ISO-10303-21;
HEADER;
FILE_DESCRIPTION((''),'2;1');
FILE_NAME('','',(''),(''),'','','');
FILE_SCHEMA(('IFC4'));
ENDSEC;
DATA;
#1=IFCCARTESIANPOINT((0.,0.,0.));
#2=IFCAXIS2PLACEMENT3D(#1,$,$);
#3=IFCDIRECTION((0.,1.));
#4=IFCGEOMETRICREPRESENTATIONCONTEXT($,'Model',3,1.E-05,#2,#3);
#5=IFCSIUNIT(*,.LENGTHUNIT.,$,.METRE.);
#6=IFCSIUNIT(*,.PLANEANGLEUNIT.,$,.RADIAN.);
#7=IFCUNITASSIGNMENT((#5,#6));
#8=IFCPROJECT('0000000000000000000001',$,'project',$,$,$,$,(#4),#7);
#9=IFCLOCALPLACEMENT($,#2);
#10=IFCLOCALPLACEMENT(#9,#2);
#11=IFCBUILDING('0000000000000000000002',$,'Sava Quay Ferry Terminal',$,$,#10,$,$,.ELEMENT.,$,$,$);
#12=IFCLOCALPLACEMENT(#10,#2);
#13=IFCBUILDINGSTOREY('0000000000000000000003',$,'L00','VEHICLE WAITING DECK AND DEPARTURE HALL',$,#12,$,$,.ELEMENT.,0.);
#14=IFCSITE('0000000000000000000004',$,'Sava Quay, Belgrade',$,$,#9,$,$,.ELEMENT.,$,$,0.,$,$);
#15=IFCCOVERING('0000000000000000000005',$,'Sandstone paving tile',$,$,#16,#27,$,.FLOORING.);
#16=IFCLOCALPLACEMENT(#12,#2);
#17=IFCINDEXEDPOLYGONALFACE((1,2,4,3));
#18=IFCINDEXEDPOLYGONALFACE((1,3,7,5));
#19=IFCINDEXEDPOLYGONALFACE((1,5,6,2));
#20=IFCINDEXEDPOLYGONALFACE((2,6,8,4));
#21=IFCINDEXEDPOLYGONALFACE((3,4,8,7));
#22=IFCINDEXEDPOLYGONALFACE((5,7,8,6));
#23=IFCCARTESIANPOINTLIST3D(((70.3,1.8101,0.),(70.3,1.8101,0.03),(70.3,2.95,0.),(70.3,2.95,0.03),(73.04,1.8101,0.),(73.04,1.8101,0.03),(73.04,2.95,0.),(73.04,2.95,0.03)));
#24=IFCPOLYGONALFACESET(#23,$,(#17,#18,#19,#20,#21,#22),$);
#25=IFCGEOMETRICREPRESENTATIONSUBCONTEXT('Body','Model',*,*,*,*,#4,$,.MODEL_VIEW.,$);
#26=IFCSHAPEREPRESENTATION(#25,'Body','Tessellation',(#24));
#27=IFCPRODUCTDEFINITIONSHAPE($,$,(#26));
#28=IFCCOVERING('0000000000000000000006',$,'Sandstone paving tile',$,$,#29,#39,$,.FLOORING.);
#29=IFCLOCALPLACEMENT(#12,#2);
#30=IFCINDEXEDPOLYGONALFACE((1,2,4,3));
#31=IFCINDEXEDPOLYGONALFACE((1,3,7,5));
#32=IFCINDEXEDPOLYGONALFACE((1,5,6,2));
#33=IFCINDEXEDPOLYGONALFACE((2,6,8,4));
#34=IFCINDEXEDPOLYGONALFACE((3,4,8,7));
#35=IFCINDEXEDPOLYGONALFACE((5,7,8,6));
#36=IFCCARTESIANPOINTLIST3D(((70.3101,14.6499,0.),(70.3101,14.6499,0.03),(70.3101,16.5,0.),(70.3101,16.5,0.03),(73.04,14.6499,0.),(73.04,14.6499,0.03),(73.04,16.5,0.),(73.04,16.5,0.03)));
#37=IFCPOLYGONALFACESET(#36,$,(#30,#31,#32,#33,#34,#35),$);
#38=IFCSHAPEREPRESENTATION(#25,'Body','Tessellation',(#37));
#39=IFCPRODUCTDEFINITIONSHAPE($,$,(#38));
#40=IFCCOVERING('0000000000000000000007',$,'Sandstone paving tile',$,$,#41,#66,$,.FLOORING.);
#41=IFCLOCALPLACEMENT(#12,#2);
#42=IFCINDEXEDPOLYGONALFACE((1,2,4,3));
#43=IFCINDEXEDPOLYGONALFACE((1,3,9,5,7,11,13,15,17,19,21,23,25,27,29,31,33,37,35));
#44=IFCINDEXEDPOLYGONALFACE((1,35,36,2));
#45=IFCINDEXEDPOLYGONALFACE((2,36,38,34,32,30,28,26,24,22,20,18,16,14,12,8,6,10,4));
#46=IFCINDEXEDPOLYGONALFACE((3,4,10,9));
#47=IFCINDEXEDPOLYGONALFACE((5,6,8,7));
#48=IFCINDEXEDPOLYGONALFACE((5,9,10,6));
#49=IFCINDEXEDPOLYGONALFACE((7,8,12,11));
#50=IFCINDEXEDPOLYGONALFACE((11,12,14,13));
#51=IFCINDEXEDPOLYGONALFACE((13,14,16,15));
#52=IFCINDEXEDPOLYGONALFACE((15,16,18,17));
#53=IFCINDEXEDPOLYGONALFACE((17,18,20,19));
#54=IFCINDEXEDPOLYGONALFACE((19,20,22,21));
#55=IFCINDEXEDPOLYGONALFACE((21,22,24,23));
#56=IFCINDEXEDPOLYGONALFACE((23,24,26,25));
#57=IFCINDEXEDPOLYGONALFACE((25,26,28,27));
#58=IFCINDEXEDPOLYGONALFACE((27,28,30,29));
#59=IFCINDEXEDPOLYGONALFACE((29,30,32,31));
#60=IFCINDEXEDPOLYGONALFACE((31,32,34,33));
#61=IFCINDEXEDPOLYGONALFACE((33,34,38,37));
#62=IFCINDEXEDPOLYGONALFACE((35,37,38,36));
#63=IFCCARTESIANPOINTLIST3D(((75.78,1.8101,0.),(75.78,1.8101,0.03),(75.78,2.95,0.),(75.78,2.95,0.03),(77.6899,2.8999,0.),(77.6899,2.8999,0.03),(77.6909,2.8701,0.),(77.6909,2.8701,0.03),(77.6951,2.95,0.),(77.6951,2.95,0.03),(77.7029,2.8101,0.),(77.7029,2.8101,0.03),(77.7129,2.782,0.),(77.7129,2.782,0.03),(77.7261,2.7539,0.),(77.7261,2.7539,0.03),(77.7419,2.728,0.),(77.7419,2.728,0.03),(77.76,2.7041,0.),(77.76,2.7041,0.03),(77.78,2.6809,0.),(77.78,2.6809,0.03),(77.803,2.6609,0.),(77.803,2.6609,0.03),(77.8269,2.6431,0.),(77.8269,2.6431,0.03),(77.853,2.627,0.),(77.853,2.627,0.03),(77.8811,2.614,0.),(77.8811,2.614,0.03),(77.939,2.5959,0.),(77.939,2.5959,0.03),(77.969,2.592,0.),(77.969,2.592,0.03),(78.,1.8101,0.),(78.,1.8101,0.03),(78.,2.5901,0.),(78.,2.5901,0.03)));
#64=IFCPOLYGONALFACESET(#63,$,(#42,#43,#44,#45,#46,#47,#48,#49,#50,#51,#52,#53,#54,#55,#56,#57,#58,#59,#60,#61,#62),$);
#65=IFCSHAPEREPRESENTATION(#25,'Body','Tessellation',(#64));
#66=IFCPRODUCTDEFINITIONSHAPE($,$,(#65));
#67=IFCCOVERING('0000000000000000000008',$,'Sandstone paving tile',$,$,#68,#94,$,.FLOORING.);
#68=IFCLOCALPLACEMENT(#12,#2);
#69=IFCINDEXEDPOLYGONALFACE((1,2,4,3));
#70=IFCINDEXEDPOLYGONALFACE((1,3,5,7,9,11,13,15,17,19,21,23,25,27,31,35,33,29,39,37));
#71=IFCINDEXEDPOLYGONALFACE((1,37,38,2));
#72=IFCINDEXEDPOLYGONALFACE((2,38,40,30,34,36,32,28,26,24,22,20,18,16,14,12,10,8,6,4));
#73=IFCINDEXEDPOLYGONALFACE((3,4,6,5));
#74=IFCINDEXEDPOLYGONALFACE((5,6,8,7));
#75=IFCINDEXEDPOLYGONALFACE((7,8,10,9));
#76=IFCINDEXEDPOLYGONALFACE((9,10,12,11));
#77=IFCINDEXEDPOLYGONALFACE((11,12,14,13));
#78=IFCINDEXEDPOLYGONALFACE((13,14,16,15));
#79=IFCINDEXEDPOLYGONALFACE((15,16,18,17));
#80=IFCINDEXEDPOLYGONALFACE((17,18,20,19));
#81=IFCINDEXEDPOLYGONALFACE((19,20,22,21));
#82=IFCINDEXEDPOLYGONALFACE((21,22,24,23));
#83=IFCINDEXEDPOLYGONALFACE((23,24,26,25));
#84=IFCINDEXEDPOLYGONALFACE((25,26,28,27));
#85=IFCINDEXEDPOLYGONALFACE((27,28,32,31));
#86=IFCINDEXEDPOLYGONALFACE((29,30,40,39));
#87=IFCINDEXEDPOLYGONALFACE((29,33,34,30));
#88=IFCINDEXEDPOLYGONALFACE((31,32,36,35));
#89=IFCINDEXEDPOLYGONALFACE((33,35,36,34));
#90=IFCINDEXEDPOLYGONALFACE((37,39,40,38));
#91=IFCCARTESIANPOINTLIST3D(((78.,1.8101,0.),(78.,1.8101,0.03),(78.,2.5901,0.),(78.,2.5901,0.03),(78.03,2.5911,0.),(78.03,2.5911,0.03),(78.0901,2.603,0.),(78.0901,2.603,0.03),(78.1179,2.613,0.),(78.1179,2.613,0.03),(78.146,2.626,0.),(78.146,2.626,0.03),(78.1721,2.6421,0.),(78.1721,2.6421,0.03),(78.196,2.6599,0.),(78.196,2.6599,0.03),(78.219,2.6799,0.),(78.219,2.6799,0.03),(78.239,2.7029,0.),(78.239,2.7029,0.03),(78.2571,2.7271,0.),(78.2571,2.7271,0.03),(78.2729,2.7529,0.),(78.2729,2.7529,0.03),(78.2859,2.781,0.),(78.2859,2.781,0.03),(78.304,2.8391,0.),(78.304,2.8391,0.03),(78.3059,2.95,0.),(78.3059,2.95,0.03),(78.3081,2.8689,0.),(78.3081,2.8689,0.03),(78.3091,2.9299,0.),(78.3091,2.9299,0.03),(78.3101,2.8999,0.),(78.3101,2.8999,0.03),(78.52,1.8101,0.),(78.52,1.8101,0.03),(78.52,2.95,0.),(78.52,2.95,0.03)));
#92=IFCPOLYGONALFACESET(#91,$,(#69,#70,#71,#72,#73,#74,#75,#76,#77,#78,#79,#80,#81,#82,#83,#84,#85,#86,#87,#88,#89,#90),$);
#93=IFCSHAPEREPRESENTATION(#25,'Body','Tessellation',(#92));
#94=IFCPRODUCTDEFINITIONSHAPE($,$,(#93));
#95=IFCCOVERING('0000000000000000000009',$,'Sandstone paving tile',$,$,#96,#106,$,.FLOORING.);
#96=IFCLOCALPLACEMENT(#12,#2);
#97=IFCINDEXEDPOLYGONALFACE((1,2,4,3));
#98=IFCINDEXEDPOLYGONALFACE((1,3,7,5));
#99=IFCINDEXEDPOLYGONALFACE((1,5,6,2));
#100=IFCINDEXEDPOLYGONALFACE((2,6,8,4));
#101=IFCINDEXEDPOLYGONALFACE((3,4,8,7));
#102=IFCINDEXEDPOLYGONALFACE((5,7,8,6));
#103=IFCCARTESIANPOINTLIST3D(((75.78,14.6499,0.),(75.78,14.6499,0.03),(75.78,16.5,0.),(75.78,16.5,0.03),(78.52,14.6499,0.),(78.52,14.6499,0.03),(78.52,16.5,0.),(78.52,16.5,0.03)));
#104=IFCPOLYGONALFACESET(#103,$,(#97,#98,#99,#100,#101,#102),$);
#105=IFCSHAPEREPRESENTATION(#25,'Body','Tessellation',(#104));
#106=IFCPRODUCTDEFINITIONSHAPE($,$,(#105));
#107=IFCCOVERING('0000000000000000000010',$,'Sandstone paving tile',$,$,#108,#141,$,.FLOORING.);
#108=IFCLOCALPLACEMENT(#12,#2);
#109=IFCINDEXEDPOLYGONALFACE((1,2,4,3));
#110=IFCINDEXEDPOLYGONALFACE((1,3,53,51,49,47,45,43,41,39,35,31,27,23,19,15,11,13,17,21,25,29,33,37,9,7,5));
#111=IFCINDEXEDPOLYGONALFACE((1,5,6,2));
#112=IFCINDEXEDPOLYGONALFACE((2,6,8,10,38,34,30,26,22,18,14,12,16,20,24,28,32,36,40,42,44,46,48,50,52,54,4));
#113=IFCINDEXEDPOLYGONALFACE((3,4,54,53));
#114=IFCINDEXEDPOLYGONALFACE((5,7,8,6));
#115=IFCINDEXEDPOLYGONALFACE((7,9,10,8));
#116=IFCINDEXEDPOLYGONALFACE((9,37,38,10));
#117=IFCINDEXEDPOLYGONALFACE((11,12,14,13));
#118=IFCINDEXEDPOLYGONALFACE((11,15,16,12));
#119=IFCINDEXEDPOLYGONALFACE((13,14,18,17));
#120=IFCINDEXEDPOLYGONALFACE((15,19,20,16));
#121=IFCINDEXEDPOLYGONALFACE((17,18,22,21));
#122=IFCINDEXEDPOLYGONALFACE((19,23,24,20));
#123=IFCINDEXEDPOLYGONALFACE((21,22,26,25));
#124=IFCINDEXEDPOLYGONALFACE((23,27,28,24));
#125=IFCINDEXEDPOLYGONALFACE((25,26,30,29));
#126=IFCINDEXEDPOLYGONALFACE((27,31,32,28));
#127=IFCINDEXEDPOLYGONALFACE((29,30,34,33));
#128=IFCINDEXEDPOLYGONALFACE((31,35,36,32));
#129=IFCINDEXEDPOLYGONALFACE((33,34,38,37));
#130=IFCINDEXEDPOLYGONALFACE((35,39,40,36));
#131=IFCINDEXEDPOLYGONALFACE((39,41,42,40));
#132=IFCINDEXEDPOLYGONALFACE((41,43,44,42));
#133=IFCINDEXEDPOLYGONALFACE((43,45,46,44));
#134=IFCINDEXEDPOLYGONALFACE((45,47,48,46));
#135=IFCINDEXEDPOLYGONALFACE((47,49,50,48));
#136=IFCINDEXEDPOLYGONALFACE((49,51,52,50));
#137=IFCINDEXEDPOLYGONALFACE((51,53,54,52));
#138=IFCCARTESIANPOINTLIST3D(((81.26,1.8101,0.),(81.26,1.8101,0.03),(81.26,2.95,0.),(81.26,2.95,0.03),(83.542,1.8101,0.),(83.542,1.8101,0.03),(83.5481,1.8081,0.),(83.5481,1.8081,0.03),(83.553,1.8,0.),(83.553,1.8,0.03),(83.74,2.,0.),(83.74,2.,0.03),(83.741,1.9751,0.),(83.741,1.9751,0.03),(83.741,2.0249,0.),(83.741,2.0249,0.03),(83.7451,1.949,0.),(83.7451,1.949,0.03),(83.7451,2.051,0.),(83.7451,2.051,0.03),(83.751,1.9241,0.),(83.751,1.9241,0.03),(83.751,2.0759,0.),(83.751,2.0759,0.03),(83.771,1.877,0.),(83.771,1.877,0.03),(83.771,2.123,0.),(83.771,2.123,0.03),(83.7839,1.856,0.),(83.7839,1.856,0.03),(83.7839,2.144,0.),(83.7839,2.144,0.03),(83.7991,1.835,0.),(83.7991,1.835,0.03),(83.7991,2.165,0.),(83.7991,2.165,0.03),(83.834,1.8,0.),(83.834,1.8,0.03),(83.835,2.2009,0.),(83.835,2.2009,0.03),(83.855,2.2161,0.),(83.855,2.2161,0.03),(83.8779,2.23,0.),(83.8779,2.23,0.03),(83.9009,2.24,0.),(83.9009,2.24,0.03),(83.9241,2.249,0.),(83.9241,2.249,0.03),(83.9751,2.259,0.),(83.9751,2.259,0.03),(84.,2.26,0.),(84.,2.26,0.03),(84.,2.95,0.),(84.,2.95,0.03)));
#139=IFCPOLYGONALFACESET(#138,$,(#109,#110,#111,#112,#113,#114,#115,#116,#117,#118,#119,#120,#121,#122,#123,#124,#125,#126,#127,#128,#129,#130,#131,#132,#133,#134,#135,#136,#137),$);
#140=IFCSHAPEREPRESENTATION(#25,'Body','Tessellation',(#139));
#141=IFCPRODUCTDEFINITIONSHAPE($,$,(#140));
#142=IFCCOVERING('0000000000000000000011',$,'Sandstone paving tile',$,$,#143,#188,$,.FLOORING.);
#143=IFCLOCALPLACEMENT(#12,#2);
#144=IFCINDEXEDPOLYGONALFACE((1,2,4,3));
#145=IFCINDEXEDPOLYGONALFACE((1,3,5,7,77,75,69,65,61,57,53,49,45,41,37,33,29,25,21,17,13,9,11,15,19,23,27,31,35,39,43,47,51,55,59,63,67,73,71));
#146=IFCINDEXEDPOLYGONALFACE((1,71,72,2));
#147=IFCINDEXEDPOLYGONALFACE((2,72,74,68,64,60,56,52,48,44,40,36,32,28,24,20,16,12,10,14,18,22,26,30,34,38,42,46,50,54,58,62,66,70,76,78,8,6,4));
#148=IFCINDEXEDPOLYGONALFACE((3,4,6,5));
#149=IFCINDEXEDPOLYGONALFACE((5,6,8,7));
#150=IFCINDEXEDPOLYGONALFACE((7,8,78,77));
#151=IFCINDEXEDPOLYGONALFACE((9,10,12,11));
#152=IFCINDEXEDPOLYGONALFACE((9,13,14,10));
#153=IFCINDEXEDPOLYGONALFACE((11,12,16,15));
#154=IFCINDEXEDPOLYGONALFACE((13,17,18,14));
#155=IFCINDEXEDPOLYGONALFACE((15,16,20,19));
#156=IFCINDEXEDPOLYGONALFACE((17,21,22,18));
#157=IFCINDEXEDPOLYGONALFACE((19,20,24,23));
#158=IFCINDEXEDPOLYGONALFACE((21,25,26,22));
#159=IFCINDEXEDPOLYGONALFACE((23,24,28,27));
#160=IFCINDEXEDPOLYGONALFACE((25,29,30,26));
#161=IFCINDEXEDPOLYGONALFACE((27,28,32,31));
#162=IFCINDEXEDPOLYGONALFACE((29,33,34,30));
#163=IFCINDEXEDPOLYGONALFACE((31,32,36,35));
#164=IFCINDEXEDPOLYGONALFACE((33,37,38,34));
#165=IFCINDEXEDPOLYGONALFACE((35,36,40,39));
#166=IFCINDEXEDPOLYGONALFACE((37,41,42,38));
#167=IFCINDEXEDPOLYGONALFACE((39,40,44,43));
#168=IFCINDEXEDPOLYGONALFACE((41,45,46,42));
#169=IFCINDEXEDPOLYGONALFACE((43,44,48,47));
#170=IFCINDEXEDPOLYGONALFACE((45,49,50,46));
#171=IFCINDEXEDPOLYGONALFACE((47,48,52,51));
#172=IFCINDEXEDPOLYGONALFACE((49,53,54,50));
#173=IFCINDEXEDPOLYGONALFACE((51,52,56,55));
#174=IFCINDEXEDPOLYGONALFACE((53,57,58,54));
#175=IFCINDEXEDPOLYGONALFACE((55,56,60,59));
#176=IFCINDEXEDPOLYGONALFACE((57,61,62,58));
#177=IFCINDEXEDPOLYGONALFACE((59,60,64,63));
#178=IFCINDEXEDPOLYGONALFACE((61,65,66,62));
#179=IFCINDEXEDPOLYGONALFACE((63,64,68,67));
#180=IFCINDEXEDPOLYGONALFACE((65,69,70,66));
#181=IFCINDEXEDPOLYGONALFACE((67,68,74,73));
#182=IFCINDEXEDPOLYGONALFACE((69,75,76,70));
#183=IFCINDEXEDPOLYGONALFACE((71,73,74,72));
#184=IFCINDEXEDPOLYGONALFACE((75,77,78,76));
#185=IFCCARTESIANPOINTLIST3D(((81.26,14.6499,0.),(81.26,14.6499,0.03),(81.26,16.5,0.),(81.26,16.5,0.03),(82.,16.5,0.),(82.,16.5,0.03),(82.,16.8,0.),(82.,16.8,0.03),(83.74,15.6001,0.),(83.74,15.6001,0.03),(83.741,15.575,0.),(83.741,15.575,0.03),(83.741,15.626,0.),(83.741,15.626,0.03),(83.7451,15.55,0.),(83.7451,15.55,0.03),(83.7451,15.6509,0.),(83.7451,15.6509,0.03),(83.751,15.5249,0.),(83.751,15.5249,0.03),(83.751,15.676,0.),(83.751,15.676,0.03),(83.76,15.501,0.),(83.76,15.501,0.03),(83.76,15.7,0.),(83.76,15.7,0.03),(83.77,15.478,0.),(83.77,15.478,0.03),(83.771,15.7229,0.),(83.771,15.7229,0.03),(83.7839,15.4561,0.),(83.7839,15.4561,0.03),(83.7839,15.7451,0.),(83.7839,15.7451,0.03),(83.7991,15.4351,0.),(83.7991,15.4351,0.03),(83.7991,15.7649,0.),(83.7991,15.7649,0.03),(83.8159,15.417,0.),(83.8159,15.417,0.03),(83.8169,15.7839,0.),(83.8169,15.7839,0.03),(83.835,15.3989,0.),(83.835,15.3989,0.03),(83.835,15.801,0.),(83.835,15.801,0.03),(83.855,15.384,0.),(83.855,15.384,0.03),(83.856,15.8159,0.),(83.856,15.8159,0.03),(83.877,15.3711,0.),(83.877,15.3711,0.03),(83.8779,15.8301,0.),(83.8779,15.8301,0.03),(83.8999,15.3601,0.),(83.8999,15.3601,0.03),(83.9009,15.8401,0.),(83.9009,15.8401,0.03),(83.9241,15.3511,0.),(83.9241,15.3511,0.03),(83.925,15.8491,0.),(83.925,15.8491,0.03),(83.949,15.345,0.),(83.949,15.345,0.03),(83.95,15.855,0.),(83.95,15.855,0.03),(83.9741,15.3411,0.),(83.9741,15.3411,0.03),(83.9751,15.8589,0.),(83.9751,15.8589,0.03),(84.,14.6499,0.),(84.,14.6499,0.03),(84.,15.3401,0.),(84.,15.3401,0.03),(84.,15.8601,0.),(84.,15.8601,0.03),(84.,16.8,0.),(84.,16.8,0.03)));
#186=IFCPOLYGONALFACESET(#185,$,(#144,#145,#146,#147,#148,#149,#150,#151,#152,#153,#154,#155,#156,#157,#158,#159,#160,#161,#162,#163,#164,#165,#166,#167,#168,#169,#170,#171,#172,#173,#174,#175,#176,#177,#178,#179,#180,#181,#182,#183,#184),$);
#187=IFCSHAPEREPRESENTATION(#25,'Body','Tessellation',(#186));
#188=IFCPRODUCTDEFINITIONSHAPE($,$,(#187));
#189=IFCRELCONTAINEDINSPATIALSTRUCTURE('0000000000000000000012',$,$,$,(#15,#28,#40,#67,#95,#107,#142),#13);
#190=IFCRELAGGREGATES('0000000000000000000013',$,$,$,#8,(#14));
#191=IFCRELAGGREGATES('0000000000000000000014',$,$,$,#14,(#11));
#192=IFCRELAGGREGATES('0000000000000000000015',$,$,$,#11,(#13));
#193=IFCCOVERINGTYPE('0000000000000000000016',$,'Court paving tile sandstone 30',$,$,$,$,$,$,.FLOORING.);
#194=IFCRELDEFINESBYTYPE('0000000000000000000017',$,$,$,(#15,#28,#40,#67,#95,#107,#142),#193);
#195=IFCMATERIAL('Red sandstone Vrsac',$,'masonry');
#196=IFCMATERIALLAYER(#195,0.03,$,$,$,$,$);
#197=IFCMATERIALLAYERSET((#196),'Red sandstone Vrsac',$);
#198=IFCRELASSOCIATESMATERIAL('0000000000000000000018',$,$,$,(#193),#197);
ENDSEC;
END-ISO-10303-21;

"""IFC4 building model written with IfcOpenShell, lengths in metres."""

from ifc_helpers import new_model, si_unit, direction, origin, place, context, subcontext, project, spatial, polyline, outline, extrude, material, layer, layer_set, type_object, element, save


model = new_model("IFC4")

# Units and contexts
model_context = context("Model", 3, precision=1e-05, world=origin(), true_north=direction((0.0, 1.0)))
body_context = subcontext(model_context, "Body", "Model", "MODEL_VIEW")
ifc_project = project(units=[si_unit("LENGTHUNIT", "METRE"), si_unit("PLANEANGLEUNIT", "RADIAN")], contexts=[model_context])

# Site, building, storey
site_placement = place(None, origin())
site = spatial("IfcSite", under=ifc_project, at=site_placement, Name="Sava Quay, Belgrade", CompositionType="ELEMENT", RefElevation=0.0)
building_placement = place(site_placement, origin())
building = spatial("IfcBuilding", under=site, at=building_placement, Name="Sava Quay Ferry Terminal", CompositionType="ELEMENT")
storey_placement = place(building_placement, origin())
storey = spatial("IfcBuildingStorey", under=building, at=storey_placement, Name="L00", Description="VEHICLE WAITING DECK AND DEPARTURE HALL", CompositionType="ELEMENT", Elevation=0.0)

# Coverings
ifc_material_1 = material(Name="Red sandstone Vrsac", Category="masonry")
ifc_layer_1 = layer(ifc_material_1, 0.03)
ifc_layer_set_1 = layer_set([ifc_layer_1], Name="Red sandstone Vrsac")
covering_type_1 = type_object("IfcCoveringType", Name="Court paving tile sandstone 30", PredefinedType="FLOORING", material=ifc_layer_set_1)
covering_1_placement = place(storey_placement, origin())
element("IfcCovering", 1, at=covering_1_placement, inside=storey, type_object=covering_type_1, Name="Sandstone paving tile", PredefinedType="FLOORING", context=body_context, shape_type="SweptSolid", body=[
    extrude(outline(polyline([(70.3, 1.8101), (73.04, 1.8101), (73.04, 2.95), (70.3, 2.95), (70.3, 1.8101)])), origin(), (0.0, 0.0, 1.0), 0.03),
])
covering_2_placement = place(storey_placement, origin())
element("IfcCovering", 2, at=covering_2_placement, inside=storey, type_object=covering_type_1, Name="Sandstone paving tile", PredefinedType="FLOORING", context=body_context, shape_type="SweptSolid", body=[
    extrude(outline(polyline([(70.3101, 16.5), (70.3101, 14.6499), (73.04, 14.6499), (73.04, 16.5), (70.3101, 16.5)])), origin(), (0.0, 0.0, 1.0), 0.03),
])
covering_3_placement = place(storey_placement, origin())
element("IfcCovering", 3, at=covering_3_placement, inside=storey, type_object=covering_type_1, Name="Sandstone paving tile", PredefinedType="FLOORING", context=body_context, shape_type="SweptSolid", body=[
    extrude(outline(polyline([(75.78, 2.95), (75.78, 1.8101), (78.0, 1.8101), (78.0, 2.5901), (77.969, 2.592), (77.939, 2.5959), (77.8811, 2.614), (77.853, 2.627), (77.8269, 2.6431), (77.803, 2.6609), (77.78, 2.6809), (77.76, 2.7041), (77.7419, 2.728), (77.7261, 2.7539), (77.7129, 2.782), (77.7029, 2.8101), (77.6909, 2.8701), (77.6899, 2.8999), (77.6951, 2.95), (75.78, 2.95)])), origin(), (0.0, 0.0, 1.0), 0.03),
])
covering_4_placement = place(storey_placement, origin())
element("IfcCovering", 4, at=covering_4_placement, inside=storey, type_object=covering_type_1, Name="Sandstone paving tile", PredefinedType="FLOORING", context=body_context, shape_type="SweptSolid", body=[
    extrude(outline(polyline([(78.0, 2.5901), (78.0, 1.8101), (78.52, 1.8101), (78.52, 2.95), (78.3059, 2.95), (78.3091, 2.9299), (78.3101, 2.8999), (78.3081, 2.8689), (78.304, 2.8391), (78.2859, 2.781), (78.2729, 2.7529), (78.2571, 2.7271), (78.239, 2.7029), (78.219, 2.6799), (78.196, 2.6599), (78.1721, 2.6421), (78.146, 2.626), (78.1179, 2.613), (78.0901, 2.603), (78.03, 2.5911), (78.0, 2.5901)])), origin(), (0.0, 0.0, 1.0), 0.03),
])
covering_5_placement = place(storey_placement, origin())
element("IfcCovering", 5, at=covering_5_placement, inside=storey, type_object=covering_type_1, Name="Sandstone paving tile", PredefinedType="FLOORING", context=body_context, shape_type="SweptSolid", body=[
    extrude(outline(polyline([(75.78, 16.5), (75.78, 14.6499), (78.52, 14.6499), (78.52, 16.5), (75.78, 16.5)])), origin(), (0.0, 0.0, 1.0), 0.03),
])
covering_6_placement = place(storey_placement, origin())
element("IfcCovering", 6, at=covering_6_placement, inside=storey, type_object=covering_type_1, Name="Sandstone paving tile", PredefinedType="FLOORING", context=body_context, shape_type="SweptSolid", body=[
    extrude(outline(polyline([(83.9751, 2.259), (84.0, 2.26), (84.0, 2.95), (81.26, 2.95), (81.26, 1.8101), (83.542, 1.8101), (83.5481, 1.8081), (83.553, 1.8), (83.834, 1.8), (83.7991, 1.835), (83.7839, 1.856), (83.771, 1.877), (83.751, 1.9241), (83.7451, 1.949), (83.741, 1.9751), (83.74, 2.0), (83.741, 2.0249), (83.7451, 2.051), (83.751, 2.0759), (83.771, 2.123), (83.7839, 2.144), (83.7991, 2.165), (83.835, 2.2009), (83.855, 2.2161), (83.8779, 2.23), (83.9009, 2.24), (83.9241, 2.249), (83.9751, 2.259)])), origin(), (0.0, 0.0, 1.0), 0.03),
])
covering_7_placement = place(storey_placement, origin())
element("IfcCovering", 7, at=covering_7_placement, inside=storey, type_object=covering_type_1, Name="Sandstone paving tile", PredefinedType="FLOORING", context=body_context, shape_type="SweptSolid", body=[
    extrude(outline(polyline([(81.26, 16.5), (81.26, 14.6499), (84.0, 14.6499), (84.0, 15.3401), (83.9741, 15.3411), (83.949, 15.345), (83.9241, 15.3511), (83.8999, 15.3601), (83.877, 15.3711), (83.855, 15.384), (83.835, 15.3989), (83.8159, 15.417), (83.7991, 15.4351), (83.7839, 15.4561), (83.77, 15.478), (83.76, 15.501), (83.751, 15.5249), (83.7451, 15.55), (83.741, 15.575), (83.74, 15.6001), (83.741, 15.626), (83.7451, 15.6509), (83.751, 15.676), (83.76, 15.7), (83.771, 15.7229), (83.7839, 15.7451), (83.7991, 15.7649), (83.8169, 15.7839), (83.835, 15.801), (83.856, 15.8159), (83.8779, 15.8301), (83.9009, 15.8401), (83.925, 15.8491), (83.95, 15.855), (83.9751, 15.8589), (84.0, 15.8601), (84.0, 16.8), (82.0, 16.8), (82.0, 16.5), (81.26, 16.5)])), origin(), (0.0, 0.0, 1.0), 0.03),
])

save(model, "model.ifc")
